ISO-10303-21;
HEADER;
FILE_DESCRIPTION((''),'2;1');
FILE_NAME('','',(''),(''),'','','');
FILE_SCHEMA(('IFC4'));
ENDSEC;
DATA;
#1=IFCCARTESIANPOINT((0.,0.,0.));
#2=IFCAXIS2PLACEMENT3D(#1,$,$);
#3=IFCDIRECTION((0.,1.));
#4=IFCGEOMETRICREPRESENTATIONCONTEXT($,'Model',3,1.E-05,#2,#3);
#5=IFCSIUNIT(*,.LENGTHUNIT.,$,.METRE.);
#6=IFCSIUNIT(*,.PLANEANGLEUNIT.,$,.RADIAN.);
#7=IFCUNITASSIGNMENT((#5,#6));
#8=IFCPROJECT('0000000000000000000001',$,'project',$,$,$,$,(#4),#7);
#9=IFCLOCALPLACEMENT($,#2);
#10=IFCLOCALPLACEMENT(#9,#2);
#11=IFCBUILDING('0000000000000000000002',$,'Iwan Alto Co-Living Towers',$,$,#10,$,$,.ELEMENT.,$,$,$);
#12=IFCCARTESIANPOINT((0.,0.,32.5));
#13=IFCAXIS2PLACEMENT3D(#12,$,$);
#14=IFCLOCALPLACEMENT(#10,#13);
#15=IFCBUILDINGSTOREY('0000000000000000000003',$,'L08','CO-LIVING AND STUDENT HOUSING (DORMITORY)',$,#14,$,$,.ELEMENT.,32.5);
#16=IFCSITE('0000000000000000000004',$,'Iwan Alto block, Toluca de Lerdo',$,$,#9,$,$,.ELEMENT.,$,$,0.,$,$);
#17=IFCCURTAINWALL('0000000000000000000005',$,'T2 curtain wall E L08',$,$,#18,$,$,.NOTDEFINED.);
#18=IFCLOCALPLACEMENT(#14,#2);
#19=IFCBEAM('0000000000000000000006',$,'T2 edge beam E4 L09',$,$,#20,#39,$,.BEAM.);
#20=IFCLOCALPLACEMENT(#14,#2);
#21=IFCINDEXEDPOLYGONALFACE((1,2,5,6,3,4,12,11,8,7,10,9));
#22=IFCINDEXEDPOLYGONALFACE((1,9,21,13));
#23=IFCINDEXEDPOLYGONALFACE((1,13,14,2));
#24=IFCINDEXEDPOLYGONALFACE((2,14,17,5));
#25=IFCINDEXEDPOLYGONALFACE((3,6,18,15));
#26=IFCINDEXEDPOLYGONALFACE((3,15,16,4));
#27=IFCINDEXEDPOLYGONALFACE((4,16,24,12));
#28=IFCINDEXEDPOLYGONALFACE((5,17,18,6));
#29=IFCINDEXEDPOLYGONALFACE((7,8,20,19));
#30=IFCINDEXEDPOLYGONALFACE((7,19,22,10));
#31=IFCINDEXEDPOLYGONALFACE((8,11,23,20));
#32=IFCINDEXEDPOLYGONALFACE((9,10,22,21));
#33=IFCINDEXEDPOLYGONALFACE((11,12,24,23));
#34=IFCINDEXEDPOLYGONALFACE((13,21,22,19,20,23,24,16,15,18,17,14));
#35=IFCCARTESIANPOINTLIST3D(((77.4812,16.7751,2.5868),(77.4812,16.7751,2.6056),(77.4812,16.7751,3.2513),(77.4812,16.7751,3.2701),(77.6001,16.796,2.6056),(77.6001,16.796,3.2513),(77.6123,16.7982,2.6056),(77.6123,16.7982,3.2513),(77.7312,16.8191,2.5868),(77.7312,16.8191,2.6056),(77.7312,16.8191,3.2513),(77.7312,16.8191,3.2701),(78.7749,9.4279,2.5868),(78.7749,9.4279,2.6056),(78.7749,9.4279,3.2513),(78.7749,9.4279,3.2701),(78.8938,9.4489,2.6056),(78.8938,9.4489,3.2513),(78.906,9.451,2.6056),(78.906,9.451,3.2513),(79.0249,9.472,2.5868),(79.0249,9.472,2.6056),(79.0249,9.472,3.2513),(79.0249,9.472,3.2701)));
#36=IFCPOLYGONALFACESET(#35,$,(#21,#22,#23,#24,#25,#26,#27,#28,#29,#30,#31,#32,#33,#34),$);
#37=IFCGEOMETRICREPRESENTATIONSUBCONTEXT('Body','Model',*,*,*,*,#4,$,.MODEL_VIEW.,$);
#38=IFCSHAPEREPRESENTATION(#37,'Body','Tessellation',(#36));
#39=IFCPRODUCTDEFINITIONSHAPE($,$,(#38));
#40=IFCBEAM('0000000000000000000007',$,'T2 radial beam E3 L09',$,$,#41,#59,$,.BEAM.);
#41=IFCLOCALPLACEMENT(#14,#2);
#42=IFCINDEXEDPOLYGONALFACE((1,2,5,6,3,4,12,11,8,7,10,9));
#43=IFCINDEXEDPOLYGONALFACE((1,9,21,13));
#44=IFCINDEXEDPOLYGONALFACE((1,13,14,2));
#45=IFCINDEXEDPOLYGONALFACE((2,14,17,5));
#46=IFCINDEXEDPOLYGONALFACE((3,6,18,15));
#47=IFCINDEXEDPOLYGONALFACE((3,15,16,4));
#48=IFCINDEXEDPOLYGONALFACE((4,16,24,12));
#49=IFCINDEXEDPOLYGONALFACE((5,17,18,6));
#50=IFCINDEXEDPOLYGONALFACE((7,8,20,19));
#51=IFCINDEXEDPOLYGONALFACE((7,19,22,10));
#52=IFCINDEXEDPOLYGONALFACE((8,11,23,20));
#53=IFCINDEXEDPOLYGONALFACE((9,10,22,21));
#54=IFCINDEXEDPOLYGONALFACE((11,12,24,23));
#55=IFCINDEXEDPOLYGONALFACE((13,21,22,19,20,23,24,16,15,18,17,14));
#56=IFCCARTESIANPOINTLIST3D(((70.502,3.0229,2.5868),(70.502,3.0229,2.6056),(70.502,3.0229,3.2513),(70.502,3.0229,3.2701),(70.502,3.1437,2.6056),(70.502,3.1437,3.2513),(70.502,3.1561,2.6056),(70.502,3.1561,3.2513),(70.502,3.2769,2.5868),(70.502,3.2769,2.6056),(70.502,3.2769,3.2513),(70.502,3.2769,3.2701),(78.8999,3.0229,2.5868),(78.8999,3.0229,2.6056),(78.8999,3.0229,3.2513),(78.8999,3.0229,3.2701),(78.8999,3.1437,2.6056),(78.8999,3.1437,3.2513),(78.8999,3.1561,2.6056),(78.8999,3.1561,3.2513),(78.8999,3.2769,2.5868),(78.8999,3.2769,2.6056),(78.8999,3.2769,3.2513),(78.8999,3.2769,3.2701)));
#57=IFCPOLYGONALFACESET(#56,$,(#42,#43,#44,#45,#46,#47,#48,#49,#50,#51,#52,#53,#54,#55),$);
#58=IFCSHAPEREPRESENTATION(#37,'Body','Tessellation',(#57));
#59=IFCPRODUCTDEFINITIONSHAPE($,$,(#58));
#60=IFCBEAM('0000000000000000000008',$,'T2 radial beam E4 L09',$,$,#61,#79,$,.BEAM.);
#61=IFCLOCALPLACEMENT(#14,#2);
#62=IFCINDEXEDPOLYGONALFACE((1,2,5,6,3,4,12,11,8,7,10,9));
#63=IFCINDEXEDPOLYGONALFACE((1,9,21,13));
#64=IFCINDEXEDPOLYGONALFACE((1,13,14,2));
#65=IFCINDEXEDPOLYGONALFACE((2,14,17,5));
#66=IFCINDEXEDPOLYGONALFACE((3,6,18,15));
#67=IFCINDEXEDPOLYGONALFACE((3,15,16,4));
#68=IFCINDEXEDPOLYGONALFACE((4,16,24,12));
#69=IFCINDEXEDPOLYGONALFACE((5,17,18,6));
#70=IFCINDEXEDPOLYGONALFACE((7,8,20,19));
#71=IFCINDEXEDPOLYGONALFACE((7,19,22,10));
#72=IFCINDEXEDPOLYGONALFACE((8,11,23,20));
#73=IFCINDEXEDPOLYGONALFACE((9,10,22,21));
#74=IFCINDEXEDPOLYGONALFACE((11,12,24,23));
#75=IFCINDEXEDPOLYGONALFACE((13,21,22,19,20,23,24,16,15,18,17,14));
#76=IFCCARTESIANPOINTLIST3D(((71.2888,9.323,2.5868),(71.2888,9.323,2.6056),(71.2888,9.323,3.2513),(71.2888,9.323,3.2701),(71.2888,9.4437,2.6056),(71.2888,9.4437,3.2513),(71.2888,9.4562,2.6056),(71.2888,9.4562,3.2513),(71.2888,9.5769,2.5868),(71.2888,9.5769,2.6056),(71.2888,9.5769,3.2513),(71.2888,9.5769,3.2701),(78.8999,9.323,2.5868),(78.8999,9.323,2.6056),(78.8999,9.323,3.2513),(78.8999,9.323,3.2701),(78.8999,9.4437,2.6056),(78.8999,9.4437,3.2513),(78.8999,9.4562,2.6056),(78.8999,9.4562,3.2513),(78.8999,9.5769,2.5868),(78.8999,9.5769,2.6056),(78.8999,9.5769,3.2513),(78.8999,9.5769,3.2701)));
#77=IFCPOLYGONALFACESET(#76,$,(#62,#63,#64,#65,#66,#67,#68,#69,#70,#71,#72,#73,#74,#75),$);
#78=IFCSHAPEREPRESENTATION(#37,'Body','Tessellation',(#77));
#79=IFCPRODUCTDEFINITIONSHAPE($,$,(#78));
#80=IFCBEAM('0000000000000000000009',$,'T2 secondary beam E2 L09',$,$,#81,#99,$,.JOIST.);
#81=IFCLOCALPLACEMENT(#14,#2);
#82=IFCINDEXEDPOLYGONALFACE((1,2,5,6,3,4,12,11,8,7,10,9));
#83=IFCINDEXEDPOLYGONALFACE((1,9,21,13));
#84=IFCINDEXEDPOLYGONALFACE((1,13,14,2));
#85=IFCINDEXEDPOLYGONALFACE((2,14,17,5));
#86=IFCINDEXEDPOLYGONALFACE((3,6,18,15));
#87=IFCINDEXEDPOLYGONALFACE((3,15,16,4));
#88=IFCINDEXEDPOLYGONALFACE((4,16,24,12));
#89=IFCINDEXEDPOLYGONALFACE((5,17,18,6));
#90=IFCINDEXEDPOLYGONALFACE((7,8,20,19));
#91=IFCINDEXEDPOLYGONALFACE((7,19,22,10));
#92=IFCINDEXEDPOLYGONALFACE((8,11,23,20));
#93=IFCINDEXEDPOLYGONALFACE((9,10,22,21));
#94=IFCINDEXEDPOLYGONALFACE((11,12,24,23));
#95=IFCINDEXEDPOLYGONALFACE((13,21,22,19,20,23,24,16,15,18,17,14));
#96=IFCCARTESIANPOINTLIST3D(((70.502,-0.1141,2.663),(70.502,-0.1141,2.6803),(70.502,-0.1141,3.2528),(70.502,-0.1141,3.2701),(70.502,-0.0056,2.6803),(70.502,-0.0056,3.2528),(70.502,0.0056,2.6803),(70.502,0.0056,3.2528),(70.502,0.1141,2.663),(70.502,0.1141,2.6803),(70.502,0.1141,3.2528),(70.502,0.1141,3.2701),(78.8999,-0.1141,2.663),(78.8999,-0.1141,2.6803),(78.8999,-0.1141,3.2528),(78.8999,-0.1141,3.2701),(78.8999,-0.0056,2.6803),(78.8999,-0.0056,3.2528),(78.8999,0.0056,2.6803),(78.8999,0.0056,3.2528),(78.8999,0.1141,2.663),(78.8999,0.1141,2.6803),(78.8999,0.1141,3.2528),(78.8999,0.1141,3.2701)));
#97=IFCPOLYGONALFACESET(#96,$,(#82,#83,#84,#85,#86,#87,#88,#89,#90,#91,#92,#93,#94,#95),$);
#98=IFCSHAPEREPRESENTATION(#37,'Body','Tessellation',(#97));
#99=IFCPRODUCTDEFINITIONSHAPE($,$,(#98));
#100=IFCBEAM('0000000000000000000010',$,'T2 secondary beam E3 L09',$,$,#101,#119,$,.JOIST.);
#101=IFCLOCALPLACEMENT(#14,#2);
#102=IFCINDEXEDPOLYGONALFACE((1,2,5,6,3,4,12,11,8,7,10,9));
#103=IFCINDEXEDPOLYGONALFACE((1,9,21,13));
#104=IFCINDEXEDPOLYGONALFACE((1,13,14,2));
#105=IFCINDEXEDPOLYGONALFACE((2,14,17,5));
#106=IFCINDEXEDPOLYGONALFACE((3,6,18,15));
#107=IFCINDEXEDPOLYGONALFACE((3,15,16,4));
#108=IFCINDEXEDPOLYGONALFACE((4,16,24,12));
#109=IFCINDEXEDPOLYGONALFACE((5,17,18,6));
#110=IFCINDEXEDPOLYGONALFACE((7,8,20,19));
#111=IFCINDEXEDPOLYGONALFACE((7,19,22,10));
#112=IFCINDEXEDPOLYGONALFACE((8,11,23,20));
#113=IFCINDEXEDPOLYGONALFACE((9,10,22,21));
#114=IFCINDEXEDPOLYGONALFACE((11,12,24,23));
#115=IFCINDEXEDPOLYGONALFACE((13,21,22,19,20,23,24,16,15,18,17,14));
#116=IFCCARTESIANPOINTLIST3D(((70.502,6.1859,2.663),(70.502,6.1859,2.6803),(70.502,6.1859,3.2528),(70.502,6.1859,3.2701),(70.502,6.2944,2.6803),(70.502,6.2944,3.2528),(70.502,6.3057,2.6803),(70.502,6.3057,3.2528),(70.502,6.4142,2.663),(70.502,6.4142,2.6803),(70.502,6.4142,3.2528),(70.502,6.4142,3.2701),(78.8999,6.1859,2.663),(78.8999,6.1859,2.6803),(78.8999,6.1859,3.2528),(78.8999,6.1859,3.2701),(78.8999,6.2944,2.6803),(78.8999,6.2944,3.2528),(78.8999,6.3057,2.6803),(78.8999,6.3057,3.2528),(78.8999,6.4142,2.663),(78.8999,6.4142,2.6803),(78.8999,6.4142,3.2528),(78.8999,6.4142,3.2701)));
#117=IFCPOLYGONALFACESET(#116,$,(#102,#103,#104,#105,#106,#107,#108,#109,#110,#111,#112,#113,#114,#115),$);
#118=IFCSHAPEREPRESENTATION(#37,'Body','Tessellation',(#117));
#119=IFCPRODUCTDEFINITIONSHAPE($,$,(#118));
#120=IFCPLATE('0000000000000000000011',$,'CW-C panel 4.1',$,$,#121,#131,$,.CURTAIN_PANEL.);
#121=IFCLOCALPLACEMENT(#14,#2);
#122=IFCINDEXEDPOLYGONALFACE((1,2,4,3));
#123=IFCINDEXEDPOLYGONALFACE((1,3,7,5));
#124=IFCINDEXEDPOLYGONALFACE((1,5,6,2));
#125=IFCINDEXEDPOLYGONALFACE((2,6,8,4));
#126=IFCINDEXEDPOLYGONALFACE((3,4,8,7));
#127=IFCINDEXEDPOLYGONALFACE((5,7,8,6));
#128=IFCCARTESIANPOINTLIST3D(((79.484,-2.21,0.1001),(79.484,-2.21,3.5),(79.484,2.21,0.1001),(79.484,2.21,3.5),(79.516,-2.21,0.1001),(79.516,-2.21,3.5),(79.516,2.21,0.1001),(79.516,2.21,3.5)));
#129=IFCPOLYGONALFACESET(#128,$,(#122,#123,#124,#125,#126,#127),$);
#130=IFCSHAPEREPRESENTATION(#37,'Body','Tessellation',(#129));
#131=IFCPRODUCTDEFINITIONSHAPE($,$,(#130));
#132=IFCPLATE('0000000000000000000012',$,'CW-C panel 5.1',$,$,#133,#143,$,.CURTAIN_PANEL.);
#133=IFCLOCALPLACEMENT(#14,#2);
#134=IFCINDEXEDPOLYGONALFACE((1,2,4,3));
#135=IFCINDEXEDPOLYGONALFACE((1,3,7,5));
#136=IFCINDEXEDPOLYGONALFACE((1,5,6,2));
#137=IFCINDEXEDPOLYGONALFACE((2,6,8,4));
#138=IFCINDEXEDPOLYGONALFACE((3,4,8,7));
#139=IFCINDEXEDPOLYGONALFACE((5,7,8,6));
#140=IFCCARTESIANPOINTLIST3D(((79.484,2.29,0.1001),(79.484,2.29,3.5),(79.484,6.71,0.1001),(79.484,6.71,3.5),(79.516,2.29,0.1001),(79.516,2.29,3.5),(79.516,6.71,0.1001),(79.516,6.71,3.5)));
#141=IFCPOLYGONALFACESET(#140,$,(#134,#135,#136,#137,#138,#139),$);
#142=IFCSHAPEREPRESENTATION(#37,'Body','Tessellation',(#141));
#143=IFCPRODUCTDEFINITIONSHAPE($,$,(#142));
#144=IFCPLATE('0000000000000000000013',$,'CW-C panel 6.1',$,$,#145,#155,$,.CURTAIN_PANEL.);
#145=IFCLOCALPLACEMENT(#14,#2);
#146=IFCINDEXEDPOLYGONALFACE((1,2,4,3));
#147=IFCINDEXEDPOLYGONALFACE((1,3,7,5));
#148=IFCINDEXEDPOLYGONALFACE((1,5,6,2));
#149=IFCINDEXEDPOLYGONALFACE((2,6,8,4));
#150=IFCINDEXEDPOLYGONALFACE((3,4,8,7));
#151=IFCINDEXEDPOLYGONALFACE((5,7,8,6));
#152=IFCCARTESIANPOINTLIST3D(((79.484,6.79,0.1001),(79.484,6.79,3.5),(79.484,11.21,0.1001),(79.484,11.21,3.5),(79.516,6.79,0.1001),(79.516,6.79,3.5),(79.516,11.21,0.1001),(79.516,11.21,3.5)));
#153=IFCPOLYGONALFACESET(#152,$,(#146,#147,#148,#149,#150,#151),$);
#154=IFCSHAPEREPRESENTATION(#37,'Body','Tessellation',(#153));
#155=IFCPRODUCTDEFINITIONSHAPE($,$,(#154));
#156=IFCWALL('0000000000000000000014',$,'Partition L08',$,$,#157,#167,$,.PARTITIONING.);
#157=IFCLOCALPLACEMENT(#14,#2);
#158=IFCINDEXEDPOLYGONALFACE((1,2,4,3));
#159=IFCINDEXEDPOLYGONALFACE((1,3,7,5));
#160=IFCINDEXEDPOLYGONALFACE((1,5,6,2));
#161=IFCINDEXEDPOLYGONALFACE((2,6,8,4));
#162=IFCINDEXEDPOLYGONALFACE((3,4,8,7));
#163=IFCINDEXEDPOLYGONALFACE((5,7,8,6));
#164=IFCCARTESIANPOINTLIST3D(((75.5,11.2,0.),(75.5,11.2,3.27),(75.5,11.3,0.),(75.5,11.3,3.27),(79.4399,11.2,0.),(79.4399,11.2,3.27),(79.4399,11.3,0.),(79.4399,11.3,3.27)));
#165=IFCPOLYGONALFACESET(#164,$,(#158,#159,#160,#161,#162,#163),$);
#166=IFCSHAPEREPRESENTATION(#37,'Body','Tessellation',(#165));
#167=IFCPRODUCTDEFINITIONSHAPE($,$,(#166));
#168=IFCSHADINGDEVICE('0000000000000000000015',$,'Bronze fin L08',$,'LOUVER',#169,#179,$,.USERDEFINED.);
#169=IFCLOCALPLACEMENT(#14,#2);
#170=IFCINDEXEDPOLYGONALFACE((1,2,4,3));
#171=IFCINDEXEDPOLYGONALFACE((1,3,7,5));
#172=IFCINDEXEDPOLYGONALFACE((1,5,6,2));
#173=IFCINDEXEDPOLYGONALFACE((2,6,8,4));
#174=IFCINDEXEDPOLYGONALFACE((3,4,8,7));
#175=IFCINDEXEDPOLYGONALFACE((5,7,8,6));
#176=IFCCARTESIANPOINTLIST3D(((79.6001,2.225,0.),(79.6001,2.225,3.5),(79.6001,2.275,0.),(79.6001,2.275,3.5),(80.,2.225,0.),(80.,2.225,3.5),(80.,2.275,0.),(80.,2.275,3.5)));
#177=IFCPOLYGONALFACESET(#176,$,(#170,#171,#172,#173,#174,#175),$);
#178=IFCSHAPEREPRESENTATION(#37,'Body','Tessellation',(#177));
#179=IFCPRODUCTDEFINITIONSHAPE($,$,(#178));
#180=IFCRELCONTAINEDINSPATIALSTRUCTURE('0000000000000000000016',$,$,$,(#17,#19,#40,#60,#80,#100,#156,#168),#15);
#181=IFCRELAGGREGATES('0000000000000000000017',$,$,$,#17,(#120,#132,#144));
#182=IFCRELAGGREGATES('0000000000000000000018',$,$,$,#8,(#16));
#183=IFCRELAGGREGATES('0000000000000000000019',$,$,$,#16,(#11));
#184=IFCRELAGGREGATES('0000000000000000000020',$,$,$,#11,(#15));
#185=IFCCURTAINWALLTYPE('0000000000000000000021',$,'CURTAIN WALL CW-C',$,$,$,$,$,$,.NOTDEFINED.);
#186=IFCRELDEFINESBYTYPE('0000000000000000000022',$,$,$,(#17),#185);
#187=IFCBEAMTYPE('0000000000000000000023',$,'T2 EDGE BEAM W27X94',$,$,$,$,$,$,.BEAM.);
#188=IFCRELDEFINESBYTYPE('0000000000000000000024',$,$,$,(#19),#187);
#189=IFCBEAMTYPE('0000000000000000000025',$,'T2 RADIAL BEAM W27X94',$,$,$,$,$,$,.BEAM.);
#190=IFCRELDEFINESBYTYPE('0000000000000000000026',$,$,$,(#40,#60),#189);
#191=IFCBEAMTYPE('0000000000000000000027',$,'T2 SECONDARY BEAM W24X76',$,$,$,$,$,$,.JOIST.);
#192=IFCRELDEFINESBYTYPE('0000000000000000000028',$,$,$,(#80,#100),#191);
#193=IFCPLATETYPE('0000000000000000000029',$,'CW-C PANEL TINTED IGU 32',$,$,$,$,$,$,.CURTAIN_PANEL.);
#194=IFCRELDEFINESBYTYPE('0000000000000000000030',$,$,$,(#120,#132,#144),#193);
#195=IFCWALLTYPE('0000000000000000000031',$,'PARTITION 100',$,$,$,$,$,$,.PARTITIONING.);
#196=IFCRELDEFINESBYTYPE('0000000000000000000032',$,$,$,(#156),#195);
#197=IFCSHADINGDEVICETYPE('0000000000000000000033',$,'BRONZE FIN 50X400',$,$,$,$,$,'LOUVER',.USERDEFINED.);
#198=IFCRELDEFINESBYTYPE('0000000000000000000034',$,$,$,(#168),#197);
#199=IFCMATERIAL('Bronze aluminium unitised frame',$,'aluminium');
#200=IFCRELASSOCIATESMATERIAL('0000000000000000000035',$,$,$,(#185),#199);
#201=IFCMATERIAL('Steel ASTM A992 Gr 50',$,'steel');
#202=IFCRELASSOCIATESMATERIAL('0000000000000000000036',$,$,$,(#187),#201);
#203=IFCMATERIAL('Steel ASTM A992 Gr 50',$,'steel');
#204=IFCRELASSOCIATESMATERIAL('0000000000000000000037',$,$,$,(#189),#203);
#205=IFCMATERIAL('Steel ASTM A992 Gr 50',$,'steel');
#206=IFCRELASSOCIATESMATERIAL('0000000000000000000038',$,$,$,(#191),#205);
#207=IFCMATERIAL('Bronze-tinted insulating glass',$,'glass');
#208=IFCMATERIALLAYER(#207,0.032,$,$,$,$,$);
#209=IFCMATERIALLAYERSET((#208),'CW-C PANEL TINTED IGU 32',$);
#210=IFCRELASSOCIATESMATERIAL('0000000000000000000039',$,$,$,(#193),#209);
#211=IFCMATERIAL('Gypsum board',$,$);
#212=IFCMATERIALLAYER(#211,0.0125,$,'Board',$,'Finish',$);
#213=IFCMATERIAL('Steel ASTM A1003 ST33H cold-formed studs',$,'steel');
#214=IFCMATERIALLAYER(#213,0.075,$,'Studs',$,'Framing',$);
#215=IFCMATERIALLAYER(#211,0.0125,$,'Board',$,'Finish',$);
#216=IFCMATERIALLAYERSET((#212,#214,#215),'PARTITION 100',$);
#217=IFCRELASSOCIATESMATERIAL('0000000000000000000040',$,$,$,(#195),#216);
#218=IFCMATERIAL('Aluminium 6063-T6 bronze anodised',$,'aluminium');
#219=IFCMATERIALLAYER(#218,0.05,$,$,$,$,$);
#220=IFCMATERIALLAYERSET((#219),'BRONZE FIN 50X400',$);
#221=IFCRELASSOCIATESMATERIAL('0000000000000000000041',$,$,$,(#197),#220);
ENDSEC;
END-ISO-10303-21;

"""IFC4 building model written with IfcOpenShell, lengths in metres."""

from ifc_helpers import new_model, si_unit, direction, frame, frame_2d, origin, origin_2d, place, context, subcontext, project, spatial, rectangle, i_section, extrude, material, layer, layer_set, material_profile, profile_set, type_object, element, aggregate, save


model = new_model("IFC4")

# Units and contexts
model_context = context("Model", 3, precision=1e-05, world=origin(), true_north=direction((0.0, 1.0)))
body_context = subcontext(model_context, "Body", "Model", "MODEL_VIEW")
ifc_project = project(units=[si_unit("LENGTHUNIT", "METRE"), si_unit("PLANEANGLEUNIT", "RADIAN")], contexts=[model_context])

# Site, building, storey
site_placement = place(None, origin())
site = spatial("IfcSite", under=ifc_project, at=site_placement, Name="Iwan Alto block, Toluca de Lerdo", CompositionType="ELEMENT", RefElevation=0.0)
building_placement = place(site_placement, origin())
building = spatial("IfcBuilding", under=site, at=building_placement, Name="Iwan Alto Co-Living Towers", CompositionType="ELEMENT")
storey_placement = place(building_placement, frame((0.0, 0.0, 32.5)))
storey = spatial("IfcBuildingStorey", under=building, at=storey_placement, Name="L08", Description="CO-LIVING AND STUDENT HOUSING (DORMITORY)", CompositionType="ELEMENT", Elevation=32.5)

# Curtain wall
ifc_material_1 = material(Name="Bronze aluminium unitised frame", Category="aluminium")
curtain_wall_type = type_object("IfcCurtainWallType", Name="CURTAIN WALL CW-C", PredefinedType="NOTDEFINED", material=ifc_material_1)
curtain_wall_placement = place(storey_placement, origin())
curtain_wall = element("IfcCurtainWall", 1, at=curtain_wall_placement, inside=storey, type_object=curtain_wall_type, Name="T2 curtain wall E L08", PredefinedType="NOTDEFINED")

# Beams
ifc_material_2 = material(Name="Steel ASTM A992 Gr 50", Category="steel")
ifc_material_profile_1 = material_profile(ifc_material_2, i_section(OverallWidth=0.2539, OverallDepth=0.6833, WebThickness=0.0125, FlangeThickness=0.0188, at=origin_2d()), Name="W27X94")
ifc_profile_set_1 = profile_set([ifc_material_profile_1], Name="Steel ASTM A992 Gr 50")
beam_type_1 = type_object("IfcBeamType", Name="T2 EDGE BEAM W27X94", PredefinedType="BEAM", material=ifc_profile_set_1)
beam_1_placement = place(storey_placement, frame((78.8999, 9.45, 2.9285), z_axis=(-0.173414, 0.984849, 0.0), x_axis=(-0.984849, -0.173414, 0.0)))
element("IfcBeam", 2, at=beam_1_placement, inside=storey, type_object=beam_type_1, Name="T2 edge beam E4 L09", PredefinedType="BEAM", context=body_context, shape_type="SweptSolid", body=[
    extrude(i_section(OverallWidth=0.2539, OverallDepth=0.6833, WebThickness=0.0125, FlangeThickness=0.0188, at=origin_2d()), origin(), (0.0, 0.0, 1.0), 7.4602),
])
ifc_material_3 = material(Name="Steel ASTM A992 Gr 50", Category="steel")
ifc_material_profile_2 = material_profile(ifc_material_3, i_section(OverallWidth=0.2539, OverallDepth=0.6833, WebThickness=0.0125, FlangeThickness=0.0188, at=origin_2d()), Name="W27X94")
ifc_profile_set_2 = profile_set([ifc_material_profile_2], Name="Steel ASTM A992 Gr 50")
beam_type_2 = type_object("IfcBeamType", Name="T2 RADIAL BEAM W27X94", PredefinedType="BEAM", material=ifc_profile_set_2)
beam_2_placement = place(storey_placement, frame((78.8999, 3.1499, 2.9285), z_axis=(-1.0, 0.0, 0.0), x_axis=(0.0, -1.0, 0.0)))
element("IfcBeam", 3, at=beam_2_placement, inside=storey, type_object=beam_type_2, Name="T2 radial beam E3 L09", PredefinedType="BEAM", context=body_context, shape_type="SweptSolid", body=[
    extrude(i_section(OverallWidth=0.2539, OverallDepth=0.6833, WebThickness=0.0125, FlangeThickness=0.0188, at=origin_2d()), origin(), (0.0, 0.0, 1.0), 8.3979),
])
beam_3_placement = place(storey_placement, frame((78.8999, 9.45, 2.9285), z_axis=(-1.0, 0.0, 0.0), x_axis=(0.0, -1.0, 0.0)))
element("IfcBeam", 4, at=beam_3_placement, inside=storey, type_object=beam_type_2, Name="T2 radial beam E4 L09", PredefinedType="BEAM", context=body_context, shape_type="SweptSolid", body=[
    extrude(i_section(OverallWidth=0.2539, OverallDepth=0.6833, WebThickness=0.0125, FlangeThickness=0.0188, at=origin_2d()), origin(), (0.0, 0.0, 1.0), 7.6111),
])
ifc_material_4 = material(Name="Steel ASTM A992 Gr 50", Category="steel")
ifc_material_profile_3 = material_profile(ifc_material_4, i_section(OverallWidth=0.2283, OverallDepth=0.6072, WebThickness=0.0112, FlangeThickness=0.0173, at=origin_2d()), Name="W24X76")
ifc_profile_set_3 = profile_set([ifc_material_profile_3], Name="Steel ASTM A992 Gr 50")
beam_type_3 = type_object("IfcBeamType", Name="T2 SECONDARY BEAM W24X76", PredefinedType="JOIST", material=ifc_profile_set_3)
for number, where, z_axis, x_axis, name in (
    (5, (78.8999, 0.0, 2.9666), (-1.0, 0.0, 0.0), (0.0, -1.0, 0.0), "T2 secondary beam E2 L09"),
    (6, (78.8999, 6.3, 2.9666), (-1.0, 0.0, 0.0), (0.0, -1.0, 0.0), "T2 secondary beam E3 L09"),
):
    element("IfcBeam", number, at=place(storey_placement, frame(where, z_axis=z_axis, x_axis=x_axis)), inside=storey, type_object=beam_type_3, Name=name, PredefinedType="JOIST", context=body_context, shape_type="SweptSolid", body=[
        extrude(i_section(OverallWidth=0.2283, OverallDepth=0.6072, WebThickness=0.0112, FlangeThickness=0.0173, at=origin_2d()), origin(), (0.0, 0.0, 1.0), 8.3979),
    ])

# Plates
ifc_material_5 = material(Name="Bronze-tinted insulating glass", Category="glass")
ifc_layer_1 = layer(ifc_material_5, 0.032)
ifc_layer_set_1 = layer_set([ifc_layer_1], Name="CW-C PANEL TINTED IGU 32")
plate_type = type_object("IfcPlateType", Name="CW-C PANEL TINTED IGU 32", PredefinedType="CURTAIN_PANEL", material=ifc_layer_set_1)
plate_1_placement = place(storey_placement, frame((79.5, 0.0, 0.1001), z_axis=(0.0, 0.0, 1.0), x_axis=(0.0, 1.0, 0.0)))
plate_1 = element("IfcPlate", 7, at=plate_1_placement, type_object=plate_type, Name="CW-C panel 4.1", PredefinedType="CURTAIN_PANEL", context=body_context, shape_type="SweptSolid", body=[
    extrude(rectangle(XDim=4.4199, YDim=0.032, at=origin_2d()), origin(), (0.0, 0.0, 1.0), 3.3999),
])
plate_2_placement = place(storey_placement, frame((79.5, 4.5, 0.1001), z_axis=(0.0, 0.0, 1.0), x_axis=(0.0, 1.0, 0.0)))
plate_2 = element("IfcPlate", 8, at=plate_2_placement, type_object=plate_type, Name="CW-C panel 5.1", PredefinedType="CURTAIN_PANEL", context=body_context, shape_type="SweptSolid", body=[
    extrude(rectangle(XDim=4.4199, YDim=0.032, at=origin_2d()), origin(), (0.0, 0.0, 1.0), 3.3999),
])
plate_3_placement = place(storey_placement, frame((79.5, 9.0, 0.1001), z_axis=(0.0, 0.0, 1.0), x_axis=(0.0, 1.0, 0.0)))
plate_3 = element("IfcPlate", 9, at=plate_3_placement, type_object=plate_type, Name="CW-C panel 6.1", PredefinedType="CURTAIN_PANEL", context=body_context, shape_type="SweptSolid", body=[
    extrude(rectangle(XDim=4.4199, YDim=0.032, at=origin_2d()), origin(), (0.0, 0.0, 1.0), 3.3999),
])
aggregate(curtain_wall, [plate_1, plate_2, plate_3])

# Wall
ifc_material_6 = material(Name="Gypsum board")
ifc_layer_2 = layer(ifc_material_6, 0.0125, Name="Board", Category="Finish")
ifc_material_7 = material(Name="Steel ASTM A1003 ST33H cold-formed studs", Category="steel")
ifc_layer_3 = layer(ifc_material_7, 0.075, Name="Studs", Category="Framing")
ifc_layer_4 = layer(ifc_material_6, 0.0125, Name="Board", Category="Finish")
ifc_layer_set_2 = layer_set([ifc_layer_2, ifc_layer_3, ifc_layer_4], Name="PARTITION 100")
wall_type = type_object("IfcWallType", Name="PARTITION 100", PredefinedType="PARTITIONING", material=ifc_layer_set_2)
wall_placement = place(storey_placement, frame((75.5, 11.25, 0.0), z_axis=(0.0, 0.0, 1.0), x_axis=(1.0, 0.0, 0.0)))
element("IfcWall", 10, at=wall_placement, inside=storey, type_object=wall_type, Name="Partition L08", PredefinedType="PARTITIONING", context=body_context, shape_type="SweptSolid", body=[
    extrude(rectangle(XDim=3.9399, YDim=0.1001, at=frame_2d((1.97, 0.0))), origin(), (0.0, 0.0, 1.0), 3.27),
])

# Shading device
ifc_material_8 = material(Name="Aluminium 6063-T6 bronze anodised", Category="aluminium")
ifc_layer_5 = layer(ifc_material_8, 0.05)
ifc_layer_set_3 = layer_set([ifc_layer_5], Name="BRONZE FIN 50X400")
shading_device_type = type_object("IfcShadingDeviceType", Name="BRONZE FIN 50X400", ElementType="LOUVER", PredefinedType="USERDEFINED", material=ifc_layer_set_3)
for number, where, z_axis, x_axis, name in (
    (11, (79.8, 2.25, 0.0), (0.0, 0.0, 1.0), (0.0, 1.0, 0.0), "Bronze fin L08"),
):
    element("IfcShadingDevice", number, at=place(storey_placement, frame(where, z_axis=z_axis, x_axis=x_axis)), inside=storey, type_object=shading_device_type, Name=name, ObjectType="LOUVER", PredefinedType="USERDEFINED", context=body_context, shape_type="SweptSolid", body=[
        extrude(rectangle(XDim=0.05, YDim=0.3999, at=origin_2d()), origin(), (0.0, 0.0, 1.0), 3.5),
    ])

save(model, "model.ifc")
